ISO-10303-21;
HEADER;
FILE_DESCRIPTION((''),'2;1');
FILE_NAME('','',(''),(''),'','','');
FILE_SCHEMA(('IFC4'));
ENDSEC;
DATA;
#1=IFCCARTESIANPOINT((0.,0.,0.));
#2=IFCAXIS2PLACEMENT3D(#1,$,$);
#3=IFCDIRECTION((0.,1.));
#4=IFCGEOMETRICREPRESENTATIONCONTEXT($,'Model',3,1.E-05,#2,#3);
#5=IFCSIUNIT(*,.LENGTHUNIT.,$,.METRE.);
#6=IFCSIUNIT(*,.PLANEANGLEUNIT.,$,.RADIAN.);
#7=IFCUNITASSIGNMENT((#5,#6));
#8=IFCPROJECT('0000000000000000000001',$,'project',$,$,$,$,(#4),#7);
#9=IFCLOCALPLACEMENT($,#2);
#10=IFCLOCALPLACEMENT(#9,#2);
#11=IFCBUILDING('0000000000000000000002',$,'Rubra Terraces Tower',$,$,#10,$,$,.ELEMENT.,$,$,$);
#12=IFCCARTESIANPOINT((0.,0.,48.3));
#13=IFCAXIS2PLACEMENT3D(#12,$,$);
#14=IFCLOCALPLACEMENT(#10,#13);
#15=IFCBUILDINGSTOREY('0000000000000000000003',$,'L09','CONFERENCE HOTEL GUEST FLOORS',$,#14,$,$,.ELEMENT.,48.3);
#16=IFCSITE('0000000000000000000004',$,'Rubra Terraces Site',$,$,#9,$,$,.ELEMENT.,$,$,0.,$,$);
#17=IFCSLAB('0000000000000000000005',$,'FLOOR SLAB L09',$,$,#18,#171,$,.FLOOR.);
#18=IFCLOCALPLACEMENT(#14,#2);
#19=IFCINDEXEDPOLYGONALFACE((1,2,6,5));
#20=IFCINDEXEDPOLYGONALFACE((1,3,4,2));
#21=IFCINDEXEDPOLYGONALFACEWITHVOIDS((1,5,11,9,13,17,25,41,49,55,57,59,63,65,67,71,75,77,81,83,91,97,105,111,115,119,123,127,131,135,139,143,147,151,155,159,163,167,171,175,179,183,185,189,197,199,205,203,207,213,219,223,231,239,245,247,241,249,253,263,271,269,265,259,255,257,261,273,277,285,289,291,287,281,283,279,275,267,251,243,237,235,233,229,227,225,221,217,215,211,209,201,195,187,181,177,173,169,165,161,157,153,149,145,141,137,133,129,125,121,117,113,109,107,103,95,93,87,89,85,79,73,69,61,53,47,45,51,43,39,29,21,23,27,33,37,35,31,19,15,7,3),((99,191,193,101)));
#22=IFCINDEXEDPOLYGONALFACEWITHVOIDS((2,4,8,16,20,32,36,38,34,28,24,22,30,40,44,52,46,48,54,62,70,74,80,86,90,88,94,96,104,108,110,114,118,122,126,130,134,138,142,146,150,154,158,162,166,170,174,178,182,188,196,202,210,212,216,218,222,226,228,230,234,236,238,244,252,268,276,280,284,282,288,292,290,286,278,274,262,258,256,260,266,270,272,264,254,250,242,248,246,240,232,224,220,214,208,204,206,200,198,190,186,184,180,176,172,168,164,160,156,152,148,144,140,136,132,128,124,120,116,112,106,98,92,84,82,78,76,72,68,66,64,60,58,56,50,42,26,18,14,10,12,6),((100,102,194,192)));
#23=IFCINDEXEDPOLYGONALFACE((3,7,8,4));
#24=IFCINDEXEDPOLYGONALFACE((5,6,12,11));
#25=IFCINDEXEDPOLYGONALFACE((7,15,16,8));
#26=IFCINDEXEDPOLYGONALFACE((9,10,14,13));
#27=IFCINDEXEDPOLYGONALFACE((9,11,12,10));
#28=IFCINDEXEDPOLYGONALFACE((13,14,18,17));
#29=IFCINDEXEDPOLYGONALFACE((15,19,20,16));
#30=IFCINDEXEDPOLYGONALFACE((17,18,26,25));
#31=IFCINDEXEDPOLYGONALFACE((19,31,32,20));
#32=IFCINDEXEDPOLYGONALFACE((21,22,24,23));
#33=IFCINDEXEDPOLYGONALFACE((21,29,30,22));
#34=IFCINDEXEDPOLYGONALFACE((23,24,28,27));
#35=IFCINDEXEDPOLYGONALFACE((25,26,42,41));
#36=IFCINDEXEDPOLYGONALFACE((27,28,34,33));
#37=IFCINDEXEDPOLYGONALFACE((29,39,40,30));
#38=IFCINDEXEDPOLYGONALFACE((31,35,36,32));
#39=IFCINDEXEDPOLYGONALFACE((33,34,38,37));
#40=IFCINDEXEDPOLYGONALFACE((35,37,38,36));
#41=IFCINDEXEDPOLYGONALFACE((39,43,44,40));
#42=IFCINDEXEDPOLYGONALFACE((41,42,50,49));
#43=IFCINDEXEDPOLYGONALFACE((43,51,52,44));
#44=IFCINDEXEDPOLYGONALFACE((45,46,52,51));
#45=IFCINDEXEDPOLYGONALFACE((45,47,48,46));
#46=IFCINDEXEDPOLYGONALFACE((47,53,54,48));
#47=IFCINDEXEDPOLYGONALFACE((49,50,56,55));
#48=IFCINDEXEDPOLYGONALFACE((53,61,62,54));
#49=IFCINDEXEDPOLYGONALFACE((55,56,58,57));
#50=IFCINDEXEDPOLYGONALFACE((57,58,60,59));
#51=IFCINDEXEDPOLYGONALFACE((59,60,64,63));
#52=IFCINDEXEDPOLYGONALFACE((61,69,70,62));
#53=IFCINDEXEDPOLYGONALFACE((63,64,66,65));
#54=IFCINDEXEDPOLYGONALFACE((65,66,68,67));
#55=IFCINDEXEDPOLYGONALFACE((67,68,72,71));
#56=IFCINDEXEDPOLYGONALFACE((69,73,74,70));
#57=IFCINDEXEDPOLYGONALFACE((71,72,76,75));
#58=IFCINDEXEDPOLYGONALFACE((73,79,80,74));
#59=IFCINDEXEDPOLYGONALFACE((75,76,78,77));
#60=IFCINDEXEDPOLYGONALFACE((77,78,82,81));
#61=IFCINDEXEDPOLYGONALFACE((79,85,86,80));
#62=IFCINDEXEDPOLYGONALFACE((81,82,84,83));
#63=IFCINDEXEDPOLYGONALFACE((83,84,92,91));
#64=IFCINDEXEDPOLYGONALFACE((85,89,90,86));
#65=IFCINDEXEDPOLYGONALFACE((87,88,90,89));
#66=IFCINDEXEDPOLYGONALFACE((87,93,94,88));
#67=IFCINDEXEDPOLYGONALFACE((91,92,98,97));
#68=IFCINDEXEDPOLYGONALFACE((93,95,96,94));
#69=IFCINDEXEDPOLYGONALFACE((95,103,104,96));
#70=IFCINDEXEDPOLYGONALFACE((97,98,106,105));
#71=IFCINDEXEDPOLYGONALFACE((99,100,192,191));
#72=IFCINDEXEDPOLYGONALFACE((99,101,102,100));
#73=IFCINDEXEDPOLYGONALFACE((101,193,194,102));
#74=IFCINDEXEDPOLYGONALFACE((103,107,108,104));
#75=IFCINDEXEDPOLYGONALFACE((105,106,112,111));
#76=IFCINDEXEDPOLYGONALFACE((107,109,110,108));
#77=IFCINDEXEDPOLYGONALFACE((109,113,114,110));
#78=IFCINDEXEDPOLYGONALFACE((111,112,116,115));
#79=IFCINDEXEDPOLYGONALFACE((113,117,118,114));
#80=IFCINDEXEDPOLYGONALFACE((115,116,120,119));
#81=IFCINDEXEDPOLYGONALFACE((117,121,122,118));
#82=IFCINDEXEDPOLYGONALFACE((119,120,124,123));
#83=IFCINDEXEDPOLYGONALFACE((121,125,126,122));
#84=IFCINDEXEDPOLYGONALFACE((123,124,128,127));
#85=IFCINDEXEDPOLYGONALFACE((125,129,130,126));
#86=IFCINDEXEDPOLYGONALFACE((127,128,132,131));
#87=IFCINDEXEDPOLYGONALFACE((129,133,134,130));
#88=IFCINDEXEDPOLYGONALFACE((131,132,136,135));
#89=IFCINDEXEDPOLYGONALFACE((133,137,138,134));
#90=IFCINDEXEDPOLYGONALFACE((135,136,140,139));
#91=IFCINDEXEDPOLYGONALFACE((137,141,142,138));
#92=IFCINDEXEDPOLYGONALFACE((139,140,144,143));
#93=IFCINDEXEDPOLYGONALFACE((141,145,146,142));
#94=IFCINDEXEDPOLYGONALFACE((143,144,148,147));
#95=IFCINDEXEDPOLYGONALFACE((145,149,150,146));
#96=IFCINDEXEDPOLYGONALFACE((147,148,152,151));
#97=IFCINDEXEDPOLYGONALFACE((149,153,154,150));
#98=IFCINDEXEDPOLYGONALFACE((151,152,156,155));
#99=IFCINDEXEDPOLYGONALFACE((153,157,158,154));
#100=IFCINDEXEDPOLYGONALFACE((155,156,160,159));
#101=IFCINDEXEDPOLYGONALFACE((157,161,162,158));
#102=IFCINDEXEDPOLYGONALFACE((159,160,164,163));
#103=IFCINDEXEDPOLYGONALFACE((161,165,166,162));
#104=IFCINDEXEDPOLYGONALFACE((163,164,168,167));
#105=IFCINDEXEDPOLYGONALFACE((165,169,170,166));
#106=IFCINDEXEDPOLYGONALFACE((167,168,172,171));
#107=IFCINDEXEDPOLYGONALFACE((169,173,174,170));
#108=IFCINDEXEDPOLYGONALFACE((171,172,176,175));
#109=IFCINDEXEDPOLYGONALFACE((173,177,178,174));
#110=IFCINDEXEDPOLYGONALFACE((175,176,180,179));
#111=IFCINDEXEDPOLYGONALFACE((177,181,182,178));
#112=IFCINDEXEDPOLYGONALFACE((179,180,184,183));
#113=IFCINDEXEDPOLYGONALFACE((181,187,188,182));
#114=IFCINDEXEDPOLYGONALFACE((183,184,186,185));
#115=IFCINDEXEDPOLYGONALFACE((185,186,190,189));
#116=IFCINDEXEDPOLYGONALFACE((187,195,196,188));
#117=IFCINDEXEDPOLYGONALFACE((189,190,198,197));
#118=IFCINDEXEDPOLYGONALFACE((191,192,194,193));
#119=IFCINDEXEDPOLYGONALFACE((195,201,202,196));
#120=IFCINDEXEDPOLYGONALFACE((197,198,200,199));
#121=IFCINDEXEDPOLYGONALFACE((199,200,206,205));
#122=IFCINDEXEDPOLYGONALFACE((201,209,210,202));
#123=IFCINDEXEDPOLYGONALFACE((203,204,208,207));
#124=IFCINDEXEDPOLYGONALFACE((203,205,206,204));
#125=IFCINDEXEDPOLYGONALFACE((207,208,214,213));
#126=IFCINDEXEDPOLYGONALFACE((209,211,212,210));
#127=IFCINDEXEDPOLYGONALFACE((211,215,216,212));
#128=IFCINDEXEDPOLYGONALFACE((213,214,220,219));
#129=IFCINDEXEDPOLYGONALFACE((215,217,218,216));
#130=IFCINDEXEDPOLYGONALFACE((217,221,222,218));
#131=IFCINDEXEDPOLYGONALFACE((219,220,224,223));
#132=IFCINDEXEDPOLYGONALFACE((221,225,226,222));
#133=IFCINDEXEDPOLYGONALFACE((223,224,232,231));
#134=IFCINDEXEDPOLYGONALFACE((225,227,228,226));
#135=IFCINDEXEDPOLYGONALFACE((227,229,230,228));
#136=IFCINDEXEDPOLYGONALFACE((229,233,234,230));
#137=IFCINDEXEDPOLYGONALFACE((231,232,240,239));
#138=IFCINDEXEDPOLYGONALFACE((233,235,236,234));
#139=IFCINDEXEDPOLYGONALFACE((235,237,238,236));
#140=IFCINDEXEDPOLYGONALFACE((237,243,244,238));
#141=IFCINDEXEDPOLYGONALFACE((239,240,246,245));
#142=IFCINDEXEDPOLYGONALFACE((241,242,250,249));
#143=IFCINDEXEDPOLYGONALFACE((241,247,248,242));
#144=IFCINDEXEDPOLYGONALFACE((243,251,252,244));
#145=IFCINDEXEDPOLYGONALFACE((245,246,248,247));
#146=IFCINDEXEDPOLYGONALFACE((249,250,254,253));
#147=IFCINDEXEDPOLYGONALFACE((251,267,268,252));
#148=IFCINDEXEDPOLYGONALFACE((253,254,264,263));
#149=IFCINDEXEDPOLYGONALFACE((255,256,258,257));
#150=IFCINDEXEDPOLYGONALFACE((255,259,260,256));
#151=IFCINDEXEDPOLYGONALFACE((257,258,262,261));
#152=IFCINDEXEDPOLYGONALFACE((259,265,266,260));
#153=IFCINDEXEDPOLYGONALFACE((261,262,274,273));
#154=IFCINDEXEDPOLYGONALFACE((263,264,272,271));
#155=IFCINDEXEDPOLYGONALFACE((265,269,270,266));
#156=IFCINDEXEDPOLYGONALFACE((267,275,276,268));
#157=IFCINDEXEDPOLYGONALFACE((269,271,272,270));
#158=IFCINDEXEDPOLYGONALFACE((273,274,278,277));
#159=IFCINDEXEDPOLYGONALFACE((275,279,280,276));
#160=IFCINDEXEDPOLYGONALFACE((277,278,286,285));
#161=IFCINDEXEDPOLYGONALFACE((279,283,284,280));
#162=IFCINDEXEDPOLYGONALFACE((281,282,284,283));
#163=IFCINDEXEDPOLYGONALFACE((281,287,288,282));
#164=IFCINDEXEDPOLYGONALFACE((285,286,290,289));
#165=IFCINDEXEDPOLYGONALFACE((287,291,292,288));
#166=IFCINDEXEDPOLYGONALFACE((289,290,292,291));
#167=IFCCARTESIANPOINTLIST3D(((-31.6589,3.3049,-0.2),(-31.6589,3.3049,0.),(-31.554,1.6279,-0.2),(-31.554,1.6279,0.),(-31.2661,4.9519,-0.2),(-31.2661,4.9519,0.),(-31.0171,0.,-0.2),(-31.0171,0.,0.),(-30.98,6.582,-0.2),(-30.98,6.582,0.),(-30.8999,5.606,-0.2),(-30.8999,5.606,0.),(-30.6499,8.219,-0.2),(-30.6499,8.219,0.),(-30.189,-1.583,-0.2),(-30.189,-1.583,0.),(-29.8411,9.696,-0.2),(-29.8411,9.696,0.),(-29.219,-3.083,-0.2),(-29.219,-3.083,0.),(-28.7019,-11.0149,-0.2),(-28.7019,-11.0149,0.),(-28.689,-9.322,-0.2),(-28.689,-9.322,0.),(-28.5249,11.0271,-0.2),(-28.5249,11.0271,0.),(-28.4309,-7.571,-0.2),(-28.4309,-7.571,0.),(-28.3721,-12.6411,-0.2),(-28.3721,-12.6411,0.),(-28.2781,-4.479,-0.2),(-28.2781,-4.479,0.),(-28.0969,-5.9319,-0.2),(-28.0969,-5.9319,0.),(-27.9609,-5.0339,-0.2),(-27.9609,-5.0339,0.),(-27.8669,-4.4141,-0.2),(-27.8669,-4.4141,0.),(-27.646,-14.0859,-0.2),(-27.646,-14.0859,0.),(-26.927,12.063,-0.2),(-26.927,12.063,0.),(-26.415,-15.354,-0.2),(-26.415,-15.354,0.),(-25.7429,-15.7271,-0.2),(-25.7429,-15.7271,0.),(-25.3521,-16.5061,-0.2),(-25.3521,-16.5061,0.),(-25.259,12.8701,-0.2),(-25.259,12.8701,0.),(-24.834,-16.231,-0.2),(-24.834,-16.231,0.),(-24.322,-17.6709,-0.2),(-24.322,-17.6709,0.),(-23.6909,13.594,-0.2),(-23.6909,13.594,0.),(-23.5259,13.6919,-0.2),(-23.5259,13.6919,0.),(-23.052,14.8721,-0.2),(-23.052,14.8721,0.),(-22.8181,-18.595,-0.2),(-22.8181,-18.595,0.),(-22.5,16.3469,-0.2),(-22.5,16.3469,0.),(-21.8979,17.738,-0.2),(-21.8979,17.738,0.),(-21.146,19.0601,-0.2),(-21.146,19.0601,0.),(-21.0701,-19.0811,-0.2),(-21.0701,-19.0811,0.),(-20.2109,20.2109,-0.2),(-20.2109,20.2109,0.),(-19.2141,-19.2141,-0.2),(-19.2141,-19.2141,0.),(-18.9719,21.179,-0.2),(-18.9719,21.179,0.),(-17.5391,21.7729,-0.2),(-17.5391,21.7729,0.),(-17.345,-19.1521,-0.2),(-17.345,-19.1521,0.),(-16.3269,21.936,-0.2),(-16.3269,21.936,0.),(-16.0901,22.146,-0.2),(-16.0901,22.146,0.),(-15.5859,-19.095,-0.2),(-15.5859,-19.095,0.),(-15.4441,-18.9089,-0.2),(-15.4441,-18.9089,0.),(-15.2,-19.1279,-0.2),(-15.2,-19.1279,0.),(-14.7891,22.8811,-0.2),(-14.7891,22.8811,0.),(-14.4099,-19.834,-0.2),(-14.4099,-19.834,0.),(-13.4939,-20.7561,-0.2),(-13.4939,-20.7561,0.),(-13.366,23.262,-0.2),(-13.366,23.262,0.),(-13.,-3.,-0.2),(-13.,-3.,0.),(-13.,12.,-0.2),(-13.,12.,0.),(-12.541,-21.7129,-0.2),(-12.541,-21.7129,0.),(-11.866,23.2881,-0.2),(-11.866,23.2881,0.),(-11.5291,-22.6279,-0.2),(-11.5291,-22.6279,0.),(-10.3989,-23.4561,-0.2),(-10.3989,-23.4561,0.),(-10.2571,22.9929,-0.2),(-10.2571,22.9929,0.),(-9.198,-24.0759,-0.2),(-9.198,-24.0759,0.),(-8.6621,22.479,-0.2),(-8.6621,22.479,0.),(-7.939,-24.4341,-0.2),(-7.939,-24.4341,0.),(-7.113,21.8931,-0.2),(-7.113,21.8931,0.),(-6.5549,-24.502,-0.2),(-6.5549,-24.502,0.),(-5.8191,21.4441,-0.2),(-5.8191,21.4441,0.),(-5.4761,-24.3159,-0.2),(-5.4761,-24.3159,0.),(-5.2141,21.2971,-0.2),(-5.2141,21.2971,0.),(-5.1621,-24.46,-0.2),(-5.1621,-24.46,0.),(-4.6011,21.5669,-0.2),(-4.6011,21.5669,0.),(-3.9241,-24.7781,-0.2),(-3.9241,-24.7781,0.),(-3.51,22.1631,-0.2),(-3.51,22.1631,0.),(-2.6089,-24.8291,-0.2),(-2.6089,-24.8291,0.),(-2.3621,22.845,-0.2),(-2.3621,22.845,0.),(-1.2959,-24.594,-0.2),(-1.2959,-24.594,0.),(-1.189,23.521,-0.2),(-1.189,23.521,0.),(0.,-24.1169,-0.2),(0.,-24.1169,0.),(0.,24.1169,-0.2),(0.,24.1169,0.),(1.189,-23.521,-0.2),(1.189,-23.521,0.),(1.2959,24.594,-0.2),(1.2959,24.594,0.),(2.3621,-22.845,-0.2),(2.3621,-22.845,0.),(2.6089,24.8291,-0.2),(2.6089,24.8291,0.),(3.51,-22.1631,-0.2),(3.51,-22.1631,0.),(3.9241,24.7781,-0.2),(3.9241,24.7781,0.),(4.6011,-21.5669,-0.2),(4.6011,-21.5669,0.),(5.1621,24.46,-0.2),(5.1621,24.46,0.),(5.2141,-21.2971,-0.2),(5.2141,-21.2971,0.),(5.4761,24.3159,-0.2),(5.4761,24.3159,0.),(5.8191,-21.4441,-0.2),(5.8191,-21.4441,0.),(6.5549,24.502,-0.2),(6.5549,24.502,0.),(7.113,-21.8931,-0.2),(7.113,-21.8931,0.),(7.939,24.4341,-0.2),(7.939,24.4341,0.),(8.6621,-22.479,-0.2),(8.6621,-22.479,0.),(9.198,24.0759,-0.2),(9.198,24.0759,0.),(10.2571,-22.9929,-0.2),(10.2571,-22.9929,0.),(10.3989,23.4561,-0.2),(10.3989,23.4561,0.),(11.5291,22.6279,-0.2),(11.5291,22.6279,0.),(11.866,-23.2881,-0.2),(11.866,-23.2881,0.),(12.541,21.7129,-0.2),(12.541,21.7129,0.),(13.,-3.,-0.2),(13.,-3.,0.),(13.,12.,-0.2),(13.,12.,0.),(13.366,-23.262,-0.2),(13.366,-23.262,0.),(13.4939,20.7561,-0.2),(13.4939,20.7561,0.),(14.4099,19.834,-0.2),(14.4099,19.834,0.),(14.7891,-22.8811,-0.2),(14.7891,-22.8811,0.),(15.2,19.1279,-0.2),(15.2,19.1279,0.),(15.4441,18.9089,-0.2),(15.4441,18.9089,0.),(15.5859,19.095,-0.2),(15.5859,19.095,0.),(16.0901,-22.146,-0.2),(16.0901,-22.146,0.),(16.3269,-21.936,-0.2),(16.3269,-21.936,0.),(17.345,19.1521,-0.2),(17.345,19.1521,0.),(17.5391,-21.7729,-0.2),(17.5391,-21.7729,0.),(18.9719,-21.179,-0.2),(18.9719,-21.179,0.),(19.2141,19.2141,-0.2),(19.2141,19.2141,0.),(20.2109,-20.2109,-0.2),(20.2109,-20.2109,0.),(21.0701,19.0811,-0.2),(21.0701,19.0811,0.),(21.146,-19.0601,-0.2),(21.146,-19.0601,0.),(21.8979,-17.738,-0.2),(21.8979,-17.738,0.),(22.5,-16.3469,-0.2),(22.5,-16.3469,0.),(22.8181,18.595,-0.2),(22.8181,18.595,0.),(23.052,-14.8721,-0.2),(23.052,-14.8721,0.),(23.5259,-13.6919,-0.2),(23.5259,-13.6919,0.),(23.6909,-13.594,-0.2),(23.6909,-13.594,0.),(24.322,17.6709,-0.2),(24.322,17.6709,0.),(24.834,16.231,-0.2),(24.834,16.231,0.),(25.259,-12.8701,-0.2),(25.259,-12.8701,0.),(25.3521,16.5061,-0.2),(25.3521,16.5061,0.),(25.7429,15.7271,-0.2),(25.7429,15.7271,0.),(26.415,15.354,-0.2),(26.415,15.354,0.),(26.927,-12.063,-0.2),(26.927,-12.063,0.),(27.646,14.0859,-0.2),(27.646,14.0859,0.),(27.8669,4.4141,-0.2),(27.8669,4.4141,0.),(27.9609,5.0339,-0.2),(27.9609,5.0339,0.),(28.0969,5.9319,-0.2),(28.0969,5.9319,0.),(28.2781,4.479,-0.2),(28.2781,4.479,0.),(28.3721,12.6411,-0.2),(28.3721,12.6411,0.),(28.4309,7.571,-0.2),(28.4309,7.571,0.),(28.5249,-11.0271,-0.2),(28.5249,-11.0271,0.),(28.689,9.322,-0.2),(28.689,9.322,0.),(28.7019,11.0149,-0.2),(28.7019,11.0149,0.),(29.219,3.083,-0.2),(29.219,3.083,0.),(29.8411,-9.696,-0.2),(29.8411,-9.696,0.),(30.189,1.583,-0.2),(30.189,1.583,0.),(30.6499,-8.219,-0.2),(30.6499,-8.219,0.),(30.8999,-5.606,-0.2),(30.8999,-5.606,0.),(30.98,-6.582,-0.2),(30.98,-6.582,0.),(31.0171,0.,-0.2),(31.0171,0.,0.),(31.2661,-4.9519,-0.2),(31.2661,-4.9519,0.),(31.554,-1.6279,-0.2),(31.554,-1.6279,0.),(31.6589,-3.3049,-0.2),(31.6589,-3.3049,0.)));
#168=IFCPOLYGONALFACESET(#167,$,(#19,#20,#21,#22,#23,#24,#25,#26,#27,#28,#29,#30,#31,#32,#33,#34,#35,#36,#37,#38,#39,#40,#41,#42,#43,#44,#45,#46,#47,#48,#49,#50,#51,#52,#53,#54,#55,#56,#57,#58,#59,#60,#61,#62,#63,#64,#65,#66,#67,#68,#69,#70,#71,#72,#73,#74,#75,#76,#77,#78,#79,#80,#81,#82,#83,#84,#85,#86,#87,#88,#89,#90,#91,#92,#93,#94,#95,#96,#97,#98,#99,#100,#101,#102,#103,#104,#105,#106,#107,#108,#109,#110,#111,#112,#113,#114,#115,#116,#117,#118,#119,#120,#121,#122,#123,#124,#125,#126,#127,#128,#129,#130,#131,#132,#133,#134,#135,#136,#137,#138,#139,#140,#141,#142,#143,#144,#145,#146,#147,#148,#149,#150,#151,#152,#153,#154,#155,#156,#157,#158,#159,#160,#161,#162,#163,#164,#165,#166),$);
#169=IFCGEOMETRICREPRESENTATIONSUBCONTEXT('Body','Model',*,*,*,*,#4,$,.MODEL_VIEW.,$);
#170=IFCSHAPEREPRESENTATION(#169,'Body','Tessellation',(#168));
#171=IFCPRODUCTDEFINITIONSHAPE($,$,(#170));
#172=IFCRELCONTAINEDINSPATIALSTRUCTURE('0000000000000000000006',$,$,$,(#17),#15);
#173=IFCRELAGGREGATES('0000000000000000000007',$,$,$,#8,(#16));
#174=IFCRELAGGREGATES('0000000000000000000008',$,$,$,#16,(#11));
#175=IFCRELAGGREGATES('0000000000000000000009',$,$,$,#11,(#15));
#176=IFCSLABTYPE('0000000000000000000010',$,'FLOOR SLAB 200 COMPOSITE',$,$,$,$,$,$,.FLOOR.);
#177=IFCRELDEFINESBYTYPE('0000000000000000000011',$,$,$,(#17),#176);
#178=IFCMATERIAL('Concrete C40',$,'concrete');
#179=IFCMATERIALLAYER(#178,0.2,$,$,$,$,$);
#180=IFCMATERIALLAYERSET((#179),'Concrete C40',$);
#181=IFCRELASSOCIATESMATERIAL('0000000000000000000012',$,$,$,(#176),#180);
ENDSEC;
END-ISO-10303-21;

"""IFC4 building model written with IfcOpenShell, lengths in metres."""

from ifc_helpers import new_model, si_unit, direction, frame, origin, place, context, subcontext, project, spatial, polyline, outline, extrude, material, layer, layer_set, type_object, element, save


model = new_model("IFC4")

# Units and contexts
model_context = context("Model", 3, precision=1e-05, world=origin(), true_north=direction((0.0, 1.0)))
body_context = subcontext(model_context, "Body", "Model", "MODEL_VIEW")
ifc_project = project(units=[si_unit("LENGTHUNIT", "METRE"), si_unit("PLANEANGLEUNIT", "RADIAN")], contexts=[model_context])

# Site, building, storey
site_placement = place(None, origin())
site = spatial("IfcSite", under=ifc_project, at=site_placement, Name="Rubra Terraces Site", CompositionType="ELEMENT", RefElevation=0.0)
building_placement = place(site_placement, origin())
building = spatial("IfcBuilding", under=site, at=building_placement, Name="Rubra Terraces Tower", CompositionType="ELEMENT")
storey_placement = place(building_placement, frame((0.0, 0.0, 48.3)))
storey = spatial("IfcBuildingStorey", under=building, at=storey_placement, Name="L09", Description="CONFERENCE HOTEL GUEST FLOORS", CompositionType="ELEMENT", Elevation=48.3)

# Slab
ifc_material_1 = material(Name="Concrete C40", Category="concrete")
ifc_layer_1 = layer(ifc_material_1, 0.2)
ifc_layer_set_1 = layer_set([ifc_layer_1], Name="Concrete C40")
slab_type = type_object("IfcSlabType", Name="FLOOR SLAB 200 COMPOSITE", PredefinedType="FLOOR", material=ifc_layer_set_1)
slab_placement = place(storey_placement, frame((0.0, 0.0, -0.2)))
element("IfcSlab", 1, at=slab_placement, inside=storey, type_object=slab_type, Name="FLOOR SLAB L09", PredefinedType="FLOOR", context=body_context, shape_type="SweptSolid", body=[
    extrude(outline(polyline([(16.0901, -22.146), (16.3269, -21.936), (17.5391, -21.7729), (18.9719, -21.179), (20.2109, -20.2109), (21.146, -19.0601), (21.8979, -17.738), (22.5, -16.3469), (23.052, -14.8721), (23.5259, -13.6919), (22.3391, -14.396), (23.6909, -13.594), (25.259, -12.8701), (26.927, -12.063), (28.5249, -11.0271), (29.8411, -9.696), (30.6499, -8.219), (30.98, -6.582), (30.8999, -5.606), (31.2661, -4.9519), (31.6589, -3.3049), (31.554, -1.6279), (31.0171, 0.0), (30.189, 1.583), (29.219, 3.083), (28.2781, 4.479), (27.9609, 5.0339), (27.8669, 4.4141), (28.0969, 5.9319), (28.4309, 7.571), (28.689, 9.322), (28.7019, 11.0149), (28.3721, 12.6411), (27.646, 14.0859), (26.415, 15.354), (24.834, 16.231), (25.7429, 15.7271), (25.3521, 16.5061), (24.322, 17.6709), (22.8181, 18.595), (21.0701, 19.0811), (19.2141, 19.2141), (17.345, 19.1521), (15.5859, 19.095), (15.2, 19.1279), (15.4441, 18.9089), (14.4099, 19.834), (13.4939, 20.7561), (12.541, 21.7129), (11.5291, 22.6279), (10.3989, 23.4561), (9.198, 24.0759), (7.939, 24.4341), (6.5549, 24.502), (5.4761, 24.3159), (5.1621, 24.46), (3.9241, 24.7781), (2.6089, 24.8291), (1.2959, 24.594), (0.0, 24.1169), (-1.189, 23.521), (-2.3621, 22.845), (-3.51, 22.1631), (-4.6011, 21.5669), (-5.2141, 21.2971), (-5.8191, 21.4441), (-7.113, 21.8931), (-8.6621, 22.479), (-10.2571, 22.9929), (-11.866, 23.2881), (-13.366, 23.262), (-14.7891, 22.8811), (-16.0901, 22.146), (-16.3269, 21.936), (-17.5391, 21.7729), (-18.9719, 21.179), (-20.2109, 20.2109), (-21.146, 19.0601), (-21.8979, 17.738), (-22.5, 16.3469), (-23.052, 14.8721), (-23.5259, 13.6919), (-22.3391, 14.396), (-23.6909, 13.594), (-25.259, 12.8701), (-26.927, 12.063), (-28.5249, 11.0271), (-29.8411, 9.696), (-30.6499, 8.219), (-30.98, 6.582), (-30.8999, 5.606), (-31.2661, 4.9519), (-31.6589, 3.3049), (-31.554, 1.6279), (-31.0171, 0.0), (-30.189, -1.583), (-29.219, -3.083), (-28.2781, -4.479), (-27.9609, -5.0339), (-27.8669, -4.4141), (-28.0969, -5.9319), (-28.4309, -7.571), (-28.689, -9.322), (-28.7019, -11.0149), (-28.3721, -12.6411), (-27.646, -14.0859), (-26.415, -15.354), (-24.834, -16.231), (-25.7429, -15.7271), (-25.3521, -16.5061), (-24.322, -17.6709), (-22.8181, -18.595), (-21.0701, -19.0811), (-19.2141, -19.2141), (-17.345, -19.1521), (-15.5859, -19.095), (-15.2, -19.1279), (-15.4441, -18.9089), (-14.4099, -19.834), (-13.4939, -20.7561), (-12.541, -21.7129), (-11.5291, -22.6279), (-10.3989, -23.4561), (-9.198, -24.0759), (-7.939, -24.4341), (-6.5549, -24.502), (-5.4761, -24.3159), (-5.1621, -24.46), (-3.9241, -24.7781), (-2.6089, -24.8291), (-1.2959, -24.594), (0.0, -24.1169), (1.189, -23.521), (2.3621, -22.845), (3.51, -22.1631), (4.6011, -21.5669), (5.2141, -21.2971), (5.8191, -21.4441), (7.113, -21.8931), (8.6621, -22.479), (10.2571, -22.9929), (11.866, -23.2881), (13.366, -23.262), (14.7891, -22.8811), (16.0901, -22.146)]), holes=[polyline([(13.0, 12.0), (13.0, -3.0), (-13.0, -3.0), (-13.0, 12.0), (13.0, 12.0)])]), origin(), (0.0, 0.0, 1.0), 0.2),
])

save(model, "model.ifc")
